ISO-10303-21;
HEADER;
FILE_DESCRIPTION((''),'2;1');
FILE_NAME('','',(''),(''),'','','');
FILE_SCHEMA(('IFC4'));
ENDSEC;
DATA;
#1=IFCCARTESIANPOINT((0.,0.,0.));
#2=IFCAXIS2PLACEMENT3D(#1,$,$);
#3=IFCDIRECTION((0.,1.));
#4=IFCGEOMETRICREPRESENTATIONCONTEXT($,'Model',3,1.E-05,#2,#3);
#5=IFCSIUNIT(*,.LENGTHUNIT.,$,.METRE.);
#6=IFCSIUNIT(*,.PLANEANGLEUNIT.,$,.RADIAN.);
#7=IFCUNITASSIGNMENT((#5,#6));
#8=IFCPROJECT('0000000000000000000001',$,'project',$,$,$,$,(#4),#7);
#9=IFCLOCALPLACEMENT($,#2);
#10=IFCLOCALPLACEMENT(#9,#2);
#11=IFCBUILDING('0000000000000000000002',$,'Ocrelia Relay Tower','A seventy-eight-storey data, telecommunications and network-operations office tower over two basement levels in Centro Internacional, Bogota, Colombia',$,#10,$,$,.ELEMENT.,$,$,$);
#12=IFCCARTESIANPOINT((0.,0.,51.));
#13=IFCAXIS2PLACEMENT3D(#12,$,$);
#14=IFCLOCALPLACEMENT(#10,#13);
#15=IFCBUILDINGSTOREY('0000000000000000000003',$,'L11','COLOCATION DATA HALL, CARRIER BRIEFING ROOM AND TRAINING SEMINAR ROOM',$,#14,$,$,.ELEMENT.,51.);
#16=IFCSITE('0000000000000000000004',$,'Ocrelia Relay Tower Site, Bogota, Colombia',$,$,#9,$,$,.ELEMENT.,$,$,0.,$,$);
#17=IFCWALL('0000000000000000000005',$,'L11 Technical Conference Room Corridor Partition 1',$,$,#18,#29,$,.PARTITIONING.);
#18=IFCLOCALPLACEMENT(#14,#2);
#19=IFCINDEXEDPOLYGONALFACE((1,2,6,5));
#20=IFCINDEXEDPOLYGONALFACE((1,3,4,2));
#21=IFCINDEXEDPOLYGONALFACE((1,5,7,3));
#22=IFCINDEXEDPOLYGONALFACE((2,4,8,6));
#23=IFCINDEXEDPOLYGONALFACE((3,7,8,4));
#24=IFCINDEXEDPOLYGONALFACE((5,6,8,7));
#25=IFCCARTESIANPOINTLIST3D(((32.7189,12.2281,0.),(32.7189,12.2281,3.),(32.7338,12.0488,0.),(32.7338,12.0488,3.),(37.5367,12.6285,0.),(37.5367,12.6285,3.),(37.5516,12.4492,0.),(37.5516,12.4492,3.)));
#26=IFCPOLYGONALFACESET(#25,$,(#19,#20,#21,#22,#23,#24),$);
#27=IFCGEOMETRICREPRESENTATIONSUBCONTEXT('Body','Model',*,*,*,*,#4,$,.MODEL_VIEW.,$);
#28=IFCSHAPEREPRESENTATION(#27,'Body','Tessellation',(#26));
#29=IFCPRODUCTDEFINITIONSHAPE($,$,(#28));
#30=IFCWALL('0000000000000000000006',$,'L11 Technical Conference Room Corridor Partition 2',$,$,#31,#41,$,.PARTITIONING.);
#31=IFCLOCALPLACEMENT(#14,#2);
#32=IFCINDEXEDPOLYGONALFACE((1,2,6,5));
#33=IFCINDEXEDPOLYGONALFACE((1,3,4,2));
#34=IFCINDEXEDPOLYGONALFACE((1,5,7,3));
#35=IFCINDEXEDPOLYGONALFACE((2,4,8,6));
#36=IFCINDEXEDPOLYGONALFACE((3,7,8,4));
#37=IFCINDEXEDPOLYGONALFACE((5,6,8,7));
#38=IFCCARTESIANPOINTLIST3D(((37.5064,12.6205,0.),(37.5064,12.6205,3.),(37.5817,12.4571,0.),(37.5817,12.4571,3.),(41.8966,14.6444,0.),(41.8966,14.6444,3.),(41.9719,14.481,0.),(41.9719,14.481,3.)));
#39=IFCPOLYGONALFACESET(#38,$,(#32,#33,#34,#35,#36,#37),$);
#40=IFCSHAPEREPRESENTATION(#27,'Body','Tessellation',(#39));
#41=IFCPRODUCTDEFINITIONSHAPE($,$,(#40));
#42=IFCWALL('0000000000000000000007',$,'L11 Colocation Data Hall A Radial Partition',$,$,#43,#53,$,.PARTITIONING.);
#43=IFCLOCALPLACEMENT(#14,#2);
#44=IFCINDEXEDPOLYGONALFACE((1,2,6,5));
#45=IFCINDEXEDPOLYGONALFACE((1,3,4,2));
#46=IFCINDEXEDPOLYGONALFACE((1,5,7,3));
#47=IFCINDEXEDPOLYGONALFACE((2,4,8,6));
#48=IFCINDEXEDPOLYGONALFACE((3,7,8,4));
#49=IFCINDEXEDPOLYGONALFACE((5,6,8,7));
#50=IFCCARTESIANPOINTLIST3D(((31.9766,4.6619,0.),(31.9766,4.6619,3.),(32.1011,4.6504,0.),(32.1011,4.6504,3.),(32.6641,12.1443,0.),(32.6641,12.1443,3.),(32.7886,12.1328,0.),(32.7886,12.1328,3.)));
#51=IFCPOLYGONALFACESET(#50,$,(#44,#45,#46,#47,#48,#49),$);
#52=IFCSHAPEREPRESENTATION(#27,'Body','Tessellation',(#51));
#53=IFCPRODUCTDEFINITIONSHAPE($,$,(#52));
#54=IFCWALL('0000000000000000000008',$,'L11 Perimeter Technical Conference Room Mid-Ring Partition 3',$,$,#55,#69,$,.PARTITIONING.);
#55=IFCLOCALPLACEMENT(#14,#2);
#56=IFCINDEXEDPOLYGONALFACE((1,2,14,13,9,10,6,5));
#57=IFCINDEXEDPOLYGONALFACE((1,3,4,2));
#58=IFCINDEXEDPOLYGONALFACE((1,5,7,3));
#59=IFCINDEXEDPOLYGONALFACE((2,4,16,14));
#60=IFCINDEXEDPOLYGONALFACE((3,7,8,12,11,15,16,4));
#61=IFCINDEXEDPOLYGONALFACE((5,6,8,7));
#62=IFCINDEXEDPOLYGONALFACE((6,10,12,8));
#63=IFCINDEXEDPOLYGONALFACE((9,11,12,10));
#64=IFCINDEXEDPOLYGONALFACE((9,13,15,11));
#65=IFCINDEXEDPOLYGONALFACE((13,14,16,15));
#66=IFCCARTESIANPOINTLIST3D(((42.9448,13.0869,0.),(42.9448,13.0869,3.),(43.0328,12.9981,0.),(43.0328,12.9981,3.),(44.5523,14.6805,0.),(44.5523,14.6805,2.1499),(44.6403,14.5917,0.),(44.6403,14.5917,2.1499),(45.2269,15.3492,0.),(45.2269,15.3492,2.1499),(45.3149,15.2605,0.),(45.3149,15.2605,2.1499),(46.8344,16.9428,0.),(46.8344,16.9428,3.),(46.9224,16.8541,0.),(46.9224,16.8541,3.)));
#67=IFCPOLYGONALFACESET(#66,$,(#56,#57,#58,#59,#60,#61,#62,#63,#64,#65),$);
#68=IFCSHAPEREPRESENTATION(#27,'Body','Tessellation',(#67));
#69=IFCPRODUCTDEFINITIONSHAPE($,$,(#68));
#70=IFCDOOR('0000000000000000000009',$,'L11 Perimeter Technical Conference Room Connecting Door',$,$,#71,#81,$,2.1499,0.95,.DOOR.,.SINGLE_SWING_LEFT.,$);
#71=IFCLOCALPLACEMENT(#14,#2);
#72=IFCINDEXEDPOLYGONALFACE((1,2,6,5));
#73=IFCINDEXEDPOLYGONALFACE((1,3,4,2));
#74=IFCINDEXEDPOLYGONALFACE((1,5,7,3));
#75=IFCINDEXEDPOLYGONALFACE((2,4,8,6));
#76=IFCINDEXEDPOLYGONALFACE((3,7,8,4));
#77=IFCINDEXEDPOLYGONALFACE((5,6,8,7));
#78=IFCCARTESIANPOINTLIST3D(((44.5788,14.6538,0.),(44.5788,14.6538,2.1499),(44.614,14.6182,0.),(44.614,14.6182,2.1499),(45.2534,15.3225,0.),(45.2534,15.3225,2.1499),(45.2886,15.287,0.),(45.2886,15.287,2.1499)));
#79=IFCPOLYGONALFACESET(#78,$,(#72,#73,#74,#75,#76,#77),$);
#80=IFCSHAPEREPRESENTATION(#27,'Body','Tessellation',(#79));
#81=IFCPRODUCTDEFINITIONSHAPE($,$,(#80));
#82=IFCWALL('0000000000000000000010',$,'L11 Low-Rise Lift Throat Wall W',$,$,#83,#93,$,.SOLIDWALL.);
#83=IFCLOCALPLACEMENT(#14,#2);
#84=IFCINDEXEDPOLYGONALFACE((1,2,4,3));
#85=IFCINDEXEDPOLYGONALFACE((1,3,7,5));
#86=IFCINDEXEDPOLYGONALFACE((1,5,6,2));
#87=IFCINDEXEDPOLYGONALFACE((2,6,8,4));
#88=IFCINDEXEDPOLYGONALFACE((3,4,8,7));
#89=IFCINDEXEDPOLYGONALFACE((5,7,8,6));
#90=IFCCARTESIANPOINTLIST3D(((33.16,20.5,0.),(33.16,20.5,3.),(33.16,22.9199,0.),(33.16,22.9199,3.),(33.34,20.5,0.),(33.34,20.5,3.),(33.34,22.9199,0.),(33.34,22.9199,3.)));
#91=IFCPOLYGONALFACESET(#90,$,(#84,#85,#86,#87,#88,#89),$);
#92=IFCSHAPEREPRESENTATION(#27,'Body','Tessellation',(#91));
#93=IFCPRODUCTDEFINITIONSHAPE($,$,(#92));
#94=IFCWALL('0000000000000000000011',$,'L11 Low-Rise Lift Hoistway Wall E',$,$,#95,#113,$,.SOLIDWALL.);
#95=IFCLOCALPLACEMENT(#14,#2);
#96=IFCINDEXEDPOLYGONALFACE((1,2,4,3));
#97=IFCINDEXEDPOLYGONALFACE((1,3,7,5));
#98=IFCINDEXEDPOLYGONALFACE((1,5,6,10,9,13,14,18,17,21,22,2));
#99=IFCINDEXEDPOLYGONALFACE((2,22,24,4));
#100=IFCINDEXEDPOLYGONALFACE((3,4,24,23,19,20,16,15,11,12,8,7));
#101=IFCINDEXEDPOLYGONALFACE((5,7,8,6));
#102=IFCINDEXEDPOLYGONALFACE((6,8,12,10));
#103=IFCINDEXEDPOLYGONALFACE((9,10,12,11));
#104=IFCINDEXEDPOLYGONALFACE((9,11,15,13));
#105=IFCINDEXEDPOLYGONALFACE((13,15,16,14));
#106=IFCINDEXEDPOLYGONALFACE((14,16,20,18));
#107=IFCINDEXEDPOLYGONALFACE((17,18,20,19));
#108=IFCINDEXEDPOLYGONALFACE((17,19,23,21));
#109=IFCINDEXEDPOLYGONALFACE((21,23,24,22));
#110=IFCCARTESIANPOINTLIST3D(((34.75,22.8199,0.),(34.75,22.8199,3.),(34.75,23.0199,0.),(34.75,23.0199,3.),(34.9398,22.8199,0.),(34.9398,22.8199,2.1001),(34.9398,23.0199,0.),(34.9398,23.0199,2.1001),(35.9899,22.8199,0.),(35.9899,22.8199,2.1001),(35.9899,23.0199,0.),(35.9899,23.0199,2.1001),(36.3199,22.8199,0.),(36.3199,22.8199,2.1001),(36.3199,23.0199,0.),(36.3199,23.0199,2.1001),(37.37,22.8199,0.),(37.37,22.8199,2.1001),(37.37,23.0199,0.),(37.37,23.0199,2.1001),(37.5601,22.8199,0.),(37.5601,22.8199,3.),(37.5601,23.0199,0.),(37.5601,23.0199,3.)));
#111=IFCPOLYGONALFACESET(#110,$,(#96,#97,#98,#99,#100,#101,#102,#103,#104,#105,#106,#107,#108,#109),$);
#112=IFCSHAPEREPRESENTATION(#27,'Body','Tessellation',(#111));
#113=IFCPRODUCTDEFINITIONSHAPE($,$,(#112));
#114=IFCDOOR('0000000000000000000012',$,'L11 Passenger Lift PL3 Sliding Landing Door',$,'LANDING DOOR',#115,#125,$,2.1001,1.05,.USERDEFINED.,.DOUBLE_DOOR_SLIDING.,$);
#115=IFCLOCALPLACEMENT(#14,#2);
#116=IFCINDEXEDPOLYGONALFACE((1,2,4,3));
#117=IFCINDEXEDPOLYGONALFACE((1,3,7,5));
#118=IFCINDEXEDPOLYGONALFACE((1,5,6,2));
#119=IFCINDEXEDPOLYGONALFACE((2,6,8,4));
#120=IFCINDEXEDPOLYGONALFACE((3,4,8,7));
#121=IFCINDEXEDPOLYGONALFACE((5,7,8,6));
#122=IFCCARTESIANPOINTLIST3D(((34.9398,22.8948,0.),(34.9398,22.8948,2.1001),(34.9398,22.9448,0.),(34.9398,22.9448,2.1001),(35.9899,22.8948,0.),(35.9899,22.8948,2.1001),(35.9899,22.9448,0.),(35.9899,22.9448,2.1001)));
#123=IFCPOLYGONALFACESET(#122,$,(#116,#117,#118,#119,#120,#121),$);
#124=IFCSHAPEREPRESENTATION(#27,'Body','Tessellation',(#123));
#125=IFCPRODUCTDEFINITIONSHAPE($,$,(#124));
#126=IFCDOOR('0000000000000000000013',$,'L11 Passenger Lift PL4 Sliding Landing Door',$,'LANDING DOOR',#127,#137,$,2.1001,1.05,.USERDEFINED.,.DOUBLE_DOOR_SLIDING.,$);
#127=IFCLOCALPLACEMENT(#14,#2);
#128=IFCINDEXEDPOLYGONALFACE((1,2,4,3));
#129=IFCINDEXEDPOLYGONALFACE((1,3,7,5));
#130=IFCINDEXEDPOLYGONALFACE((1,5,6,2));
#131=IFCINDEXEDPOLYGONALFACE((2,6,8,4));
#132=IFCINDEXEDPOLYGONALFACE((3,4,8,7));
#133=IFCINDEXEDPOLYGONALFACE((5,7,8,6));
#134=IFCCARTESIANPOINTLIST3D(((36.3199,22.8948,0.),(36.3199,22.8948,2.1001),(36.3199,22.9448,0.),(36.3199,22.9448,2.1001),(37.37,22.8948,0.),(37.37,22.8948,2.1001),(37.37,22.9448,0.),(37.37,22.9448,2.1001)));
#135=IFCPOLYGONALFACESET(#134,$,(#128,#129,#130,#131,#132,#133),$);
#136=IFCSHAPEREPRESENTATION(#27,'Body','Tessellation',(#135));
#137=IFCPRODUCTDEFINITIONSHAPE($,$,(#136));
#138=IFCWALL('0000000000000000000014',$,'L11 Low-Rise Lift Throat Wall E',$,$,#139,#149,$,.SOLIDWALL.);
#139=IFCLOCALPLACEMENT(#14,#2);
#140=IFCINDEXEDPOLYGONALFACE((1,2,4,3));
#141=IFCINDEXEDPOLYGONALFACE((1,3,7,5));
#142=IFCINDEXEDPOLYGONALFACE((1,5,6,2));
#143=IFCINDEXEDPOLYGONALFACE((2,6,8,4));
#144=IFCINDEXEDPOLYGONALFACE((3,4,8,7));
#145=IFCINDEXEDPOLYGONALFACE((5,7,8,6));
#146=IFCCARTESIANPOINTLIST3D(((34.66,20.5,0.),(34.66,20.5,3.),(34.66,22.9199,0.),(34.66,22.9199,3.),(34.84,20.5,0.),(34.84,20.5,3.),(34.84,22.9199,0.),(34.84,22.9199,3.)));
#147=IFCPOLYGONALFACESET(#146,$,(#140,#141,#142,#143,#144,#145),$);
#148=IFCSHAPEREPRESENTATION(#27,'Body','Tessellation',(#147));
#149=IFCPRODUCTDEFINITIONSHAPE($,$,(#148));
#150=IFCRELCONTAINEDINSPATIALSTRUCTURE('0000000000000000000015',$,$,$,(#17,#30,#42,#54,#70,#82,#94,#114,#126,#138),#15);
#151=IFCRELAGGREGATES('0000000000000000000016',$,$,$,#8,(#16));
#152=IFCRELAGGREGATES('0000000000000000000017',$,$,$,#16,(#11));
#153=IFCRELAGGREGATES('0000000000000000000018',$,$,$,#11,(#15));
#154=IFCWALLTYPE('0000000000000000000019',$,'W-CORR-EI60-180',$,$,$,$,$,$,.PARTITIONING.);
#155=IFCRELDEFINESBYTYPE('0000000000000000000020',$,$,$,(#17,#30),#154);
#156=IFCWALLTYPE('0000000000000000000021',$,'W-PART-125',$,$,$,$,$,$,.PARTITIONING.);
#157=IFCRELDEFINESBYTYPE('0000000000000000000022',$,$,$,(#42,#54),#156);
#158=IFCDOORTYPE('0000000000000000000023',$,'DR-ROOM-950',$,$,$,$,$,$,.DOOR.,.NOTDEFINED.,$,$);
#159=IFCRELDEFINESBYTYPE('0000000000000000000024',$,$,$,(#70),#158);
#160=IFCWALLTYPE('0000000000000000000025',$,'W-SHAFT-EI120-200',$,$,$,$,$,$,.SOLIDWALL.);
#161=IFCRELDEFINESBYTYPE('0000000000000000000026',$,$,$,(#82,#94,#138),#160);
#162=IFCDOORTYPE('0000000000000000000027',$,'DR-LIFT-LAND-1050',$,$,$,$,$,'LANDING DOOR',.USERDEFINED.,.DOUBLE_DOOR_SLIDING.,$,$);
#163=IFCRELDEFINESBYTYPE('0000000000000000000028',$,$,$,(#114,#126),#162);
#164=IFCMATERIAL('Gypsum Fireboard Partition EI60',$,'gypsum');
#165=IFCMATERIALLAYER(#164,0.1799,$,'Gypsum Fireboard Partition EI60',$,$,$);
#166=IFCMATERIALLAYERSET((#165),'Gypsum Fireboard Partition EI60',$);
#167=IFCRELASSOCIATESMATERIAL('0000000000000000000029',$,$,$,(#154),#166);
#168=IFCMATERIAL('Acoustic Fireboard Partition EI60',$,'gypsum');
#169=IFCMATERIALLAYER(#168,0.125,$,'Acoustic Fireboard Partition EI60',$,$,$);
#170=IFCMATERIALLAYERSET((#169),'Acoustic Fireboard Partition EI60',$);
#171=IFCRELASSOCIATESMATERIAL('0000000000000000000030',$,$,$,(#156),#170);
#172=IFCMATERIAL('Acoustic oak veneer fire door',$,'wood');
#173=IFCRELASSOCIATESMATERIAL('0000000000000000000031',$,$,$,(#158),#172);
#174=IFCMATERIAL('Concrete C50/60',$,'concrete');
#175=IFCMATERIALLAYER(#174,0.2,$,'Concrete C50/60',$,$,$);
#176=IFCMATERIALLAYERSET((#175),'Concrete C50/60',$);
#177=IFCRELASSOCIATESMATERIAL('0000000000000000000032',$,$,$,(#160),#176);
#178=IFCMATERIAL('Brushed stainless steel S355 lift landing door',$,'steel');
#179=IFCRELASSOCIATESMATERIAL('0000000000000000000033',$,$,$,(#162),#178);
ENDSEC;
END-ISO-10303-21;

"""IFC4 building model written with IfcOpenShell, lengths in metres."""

from ifc_helpers import new_model, si_unit, direction, frame, frame_2d, origin, place, context, subcontext, project, spatial, rectangle, extrude, material, layer, layer_set, type_object, element, fill, save


model = new_model("IFC4")

# Units and contexts
model_context = context("Model", 3, precision=1e-05, world=origin(), true_north=direction((0.0, 1.0)))
body_context = subcontext(model_context, "Body", "Model", "MODEL_VIEW")
ifc_project = project(units=[si_unit("LENGTHUNIT", "METRE"), si_unit("PLANEANGLEUNIT", "RADIAN")], contexts=[model_context])

# Site, building, storey
site_placement = place(None, origin())
site = spatial("IfcSite", under=ifc_project, at=site_placement, Name="Ocrelia Relay Tower Site, Bogota, Colombia", CompositionType="ELEMENT", RefElevation=0.0)
building_placement = place(site_placement, origin())
building = spatial("IfcBuilding", under=site, at=building_placement, Name="Ocrelia Relay Tower", Description="A seventy-eight-storey data, telecommunications and network-operations office tower over two basement levels in Centro Internacional, Bogota, Colombia", CompositionType="ELEMENT")
storey_placement = place(building_placement, frame((0.0, 0.0, 51.0)))
storey = spatial("IfcBuildingStorey", under=building, at=storey_placement, Name="L11", Description="COLOCATION DATA HALL, CARRIER BRIEFING ROOM AND TRAINING SEMINAR ROOM", CompositionType="ELEMENT", Elevation=51.0)

# Walls
ifc_material_1 = material(Name="Gypsum Fireboard Partition EI60", Category="gypsum")
ifc_layer_1 = layer(ifc_material_1, 0.1799, Name="Gypsum Fireboard Partition EI60")
ifc_layer_set_1 = layer_set([ifc_layer_1], Name="Gypsum Fireboard Partition EI60")
wall_type_1 = type_object("IfcWallType", Name="W-CORR-EI60-180", PredefinedType="PARTITIONING", material=ifc_layer_set_1)
wall_1_placement = place(storey_placement, frame((32.7263, 12.1384, 0.0), z_axis=(0.0, 0.0, 1.0), x_axis=(0.996565, 0.08282, 0.0)))
element("IfcWall", 1, at=wall_1_placement, inside=storey, type_object=wall_type_1, Name="L11 Technical Conference Room Corridor Partition 1", PredefinedType="PARTITIONING", context=body_context, shape_type="SweptSolid", body=[
    extrude(rectangle(XDim=4.8345, YDim=0.1799, at=frame_2d((2.4172, 0.0))), origin(), (0.0, 0.0, 1.0), 3.0),
])
wall_2_placement = place(storey_placement, frame((37.5442, 12.5388, 0.0), z_axis=(0.0, 0.0, 1.0), x_axis=(0.90814, 0.418667, 0.0)))
element("IfcWall", 2, at=wall_2_placement, inside=storey, type_object=wall_type_1, Name="L11 Technical Conference Room Corridor Partition 2", PredefinedType="PARTITIONING", context=body_context, shape_type="SweptSolid", body=[
    extrude(rectangle(XDim=4.8342, YDim=0.1799, at=frame_2d((2.417, 0.0))), origin(), (0.0, 0.0, 1.0), 3.0),
])

# Shared definitions
ifc_material_2 = material(Name="Acoustic oak veneer fire door", Category="wood")

# Wall
ifc_material_3 = material(Name="Acoustic Fireboard Partition EI60", Category="gypsum")
ifc_layer_2 = layer(ifc_material_3, 0.125, Name="Acoustic Fireboard Partition EI60")
ifc_layer_set_2 = layer_set([ifc_layer_2], Name="Acoustic Fireboard Partition EI60")
wall_type_2 = type_object("IfcWallType", Name="W-PART-125", PredefinedType="PARTITIONING", material=ifc_layer_set_2)
wall_3_placement = place(storey_placement, frame((32.7263, 12.1384, 0.0), z_axis=(0.0, 0.0, 1.0), x_axis=(-0.091497, -0.995805, 0.0)))
element("IfcWall", 3, at=wall_3_placement, inside=storey, type_object=wall_type_2, Name="L11 Colocation Data Hall A Radial Partition", PredefinedType="PARTITIONING", context=body_context, shape_type="SweptSolid", body=[
    extrude(rectangle(XDim=7.5139, YDim=0.125, at=frame_2d((3.7568, 0.0))), origin(), (0.0, 0.0, 1.0), 3.0),
])

# Wall, opening, door
wall_4_placement = place(storey_placement, frame((42.9888, 13.0425, 0.0), z_axis=(0.0, 0.0, 1.0), x_axis=(0.710176, 0.704024, 0.0)))
wall_4 = element("IfcWall", 4, at=wall_4_placement, inside=storey, type_object=wall_type_2, Name="L11 Perimeter Technical Conference Room Mid-Ring Partition 3", PredefinedType="PARTITIONING", context=body_context, shape_type="SweptSolid", body=[
    extrude(rectangle(XDim=5.4771, YDim=0.125, at=frame_2d((2.7385, 0.0))), origin(), (0.0, 0.0, 1.0), 3.0),
])
opening_1_placement = place(wall_4_placement, frame((2.2634, 0.0, 0.0)))
opening_1 = element("IfcOpeningElement", 5, at=opening_1_placement, cuts=wall_4, PredefinedType="OPENING", context=body_context, shape_type="SweptSolid", body=[
    extrude(rectangle(XDim=0.95, YDim=2.1499, at=frame_2d((0.4751, 1.075))), frame((0.0, 0.0725, 0.0), z_axis=(0.0, -1.0, 0.0), x_axis=(1.0, 0.0, 0.0)), (0.0, 0.0, 1.0), 0.145),
])
door_type_1 = type_object("IfcDoorType", Name="DR-ROOM-950", OperationType="NOTDEFINED", PredefinedType="DOOR", material=ifc_material_2)
door_1_placement = place(opening_1_placement, origin())
door_1 = element("IfcDoor", 6, at=door_1_placement, inside=storey, type_object=door_type_1, Name="L11 Perimeter Technical Conference Room Connecting Door", OperationType="SINGLE_SWING_LEFT", OverallHeight=2.1499, OverallWidth=0.95, PredefinedType="DOOR", context=body_context, shape_type="SweptSolid", body=[
    extrude(rectangle(XDim=0.95, YDim=2.1499, at=frame_2d((0.4751, 1.075))), frame((0.0, 0.0249, 0.0), z_axis=(0.0, -1.0, 0.0), x_axis=(1.0, 0.0, 0.0)), (0.0, 0.0, 1.0), 0.05),
])
fill(opening_1, door_1)

# Wall
ifc_material_4 = material(Name="Concrete C50/60", Category="concrete")
ifc_layer_3 = layer(ifc_material_4, 0.2, Name="Concrete C50/60")
ifc_layer_set_3 = layer_set([ifc_layer_3], Name="Concrete C50/60")
wall_type_3 = type_object("IfcWallType", Name="W-SHAFT-EI120-200", PredefinedType="SOLIDWALL", material=ifc_layer_set_3)
wall_5_placement = place(storey_placement, frame((33.25, 20.5, 0.0), z_axis=(0.0, 0.0, 1.0), x_axis=(0.0, 1.0, 0.0)))
element("IfcWall", 7, at=wall_5_placement, inside=storey, type_object=wall_type_3, Name="L11 Low-Rise Lift Throat Wall W", PredefinedType="SOLIDWALL", context=body_context, shape_type="SweptSolid", body=[
    extrude(rectangle(XDim=2.4199, YDim=0.1799, at=frame_2d((1.21, 0.0))), origin(), (0.0, 0.0, 1.0), 3.0),
])

# Wall, openings, doors
wall_6_placement = place(storey_placement, frame((34.75, 22.9199, 0.0), z_axis=(0.0, 0.0, 1.0), x_axis=(1.0, 0.0, 0.0)))
wall_6 = element("IfcWall", 8, at=wall_6_placement, inside=storey, type_object=wall_type_3, Name="L11 Low-Rise Lift Hoistway Wall E", PredefinedType="SOLIDWALL", context=body_context, shape_type="SweptSolid", body=[
    extrude(rectangle(XDim=2.8101, YDim=0.2, at=frame_2d((1.405, 0.0))), origin(), (0.0, 0.0, 1.0), 3.0),
])
opening_2_placement = place(wall_6_placement, frame((0.1899, 0.0, 0.0)))
opening_2 = element("IfcOpeningElement", 9, at=opening_2_placement, cuts=wall_6, PredefinedType="OPENING", context=body_context, shape_type="SweptSolid", body=[
    extrude(rectangle(XDim=1.05, YDim=2.1001, at=frame_2d((0.5249, 1.05))), frame((0.0, 0.1099, 0.0), z_axis=(0.0, -1.0, 0.0), x_axis=(1.0, 0.0, 0.0)), (0.0, 0.0, 1.0), 0.22),
])
opening_3_placement = place(wall_6_placement, frame((1.5701, 0.0, 0.0)))
opening_3 = element("IfcOpeningElement", 10, at=opening_3_placement, cuts=wall_6, PredefinedType="OPENING", context=body_context, shape_type="SweptSolid", body=[
    extrude(rectangle(XDim=1.05, YDim=2.1001, at=frame_2d((0.5249, 1.05))), frame((0.0, 0.1099, 0.0), z_axis=(0.0, -1.0, 0.0), x_axis=(1.0, 0.0, 0.0)), (0.0, 0.0, 1.0), 0.22),
])
ifc_material_5 = material(Name="Brushed stainless steel S355 lift landing door", Category="steel")
door_type_2 = type_object("IfcDoorType", Name="DR-LIFT-LAND-1050", ElementType="LANDING DOOR", OperationType="DOUBLE_DOOR_SLIDING", PredefinedType="USERDEFINED", material=ifc_material_5)
door_2_placement = place(opening_2_placement, origin())
door_2 = element("IfcDoor", 11, at=door_2_placement, inside=storey, type_object=door_type_2, Name="L11 Passenger Lift PL3 Sliding Landing Door", ObjectType="LANDING DOOR", OperationType="DOUBLE_DOOR_SLIDING", OverallHeight=2.1001, OverallWidth=1.05, PredefinedType="USERDEFINED", context=body_context, shape_type="SweptSolid", body=[
    extrude(rectangle(XDim=1.05, YDim=2.1001, at=frame_2d((0.5249, 1.05))), frame((0.0, 0.0249, 0.0), z_axis=(0.0, -1.0, 0.0), x_axis=(1.0, 0.0, 0.0)), (0.0, 0.0, 1.0), 0.05),
])
fill(opening_2, door_2)
door_3_placement = place(opening_3_placement, origin())
door_3 = element("IfcDoor", 12, at=door_3_placement, inside=storey, type_object=door_type_2, Name="L11 Passenger Lift PL4 Sliding Landing Door", ObjectType="LANDING DOOR", OperationType="DOUBLE_DOOR_SLIDING", OverallHeight=2.1001, OverallWidth=1.05, PredefinedType="USERDEFINED", context=body_context, shape_type="SweptSolid", body=[
    extrude(rectangle(XDim=1.05, YDim=2.1001, at=frame_2d((0.5249, 1.05))), frame((0.0, 0.0249, 0.0), z_axis=(0.0, -1.0, 0.0), x_axis=(1.0, 0.0, 0.0)), (0.0, 0.0, 1.0), 0.05),
])
fill(opening_3, door_3)

# Wall
wall_7_placement = place(storey_placement, frame((34.75, 20.5, 0.0), z_axis=(0.0, 0.0, 1.0), x_axis=(0.0, 1.0, 0.0)))
element("IfcWall", 13, at=wall_7_placement, inside=storey, type_object=wall_type_3, Name="L11 Low-Rise Lift Throat Wall E", PredefinedType="SOLIDWALL", context=body_context, shape_type="SweptSolid", body=[
    extrude(rectangle(XDim=2.4199, YDim=0.1799, at=frame_2d((1.21, 0.0))), origin(), (0.0, 0.0, 1.0), 3.0),
])

save(model, "model.ifc")
